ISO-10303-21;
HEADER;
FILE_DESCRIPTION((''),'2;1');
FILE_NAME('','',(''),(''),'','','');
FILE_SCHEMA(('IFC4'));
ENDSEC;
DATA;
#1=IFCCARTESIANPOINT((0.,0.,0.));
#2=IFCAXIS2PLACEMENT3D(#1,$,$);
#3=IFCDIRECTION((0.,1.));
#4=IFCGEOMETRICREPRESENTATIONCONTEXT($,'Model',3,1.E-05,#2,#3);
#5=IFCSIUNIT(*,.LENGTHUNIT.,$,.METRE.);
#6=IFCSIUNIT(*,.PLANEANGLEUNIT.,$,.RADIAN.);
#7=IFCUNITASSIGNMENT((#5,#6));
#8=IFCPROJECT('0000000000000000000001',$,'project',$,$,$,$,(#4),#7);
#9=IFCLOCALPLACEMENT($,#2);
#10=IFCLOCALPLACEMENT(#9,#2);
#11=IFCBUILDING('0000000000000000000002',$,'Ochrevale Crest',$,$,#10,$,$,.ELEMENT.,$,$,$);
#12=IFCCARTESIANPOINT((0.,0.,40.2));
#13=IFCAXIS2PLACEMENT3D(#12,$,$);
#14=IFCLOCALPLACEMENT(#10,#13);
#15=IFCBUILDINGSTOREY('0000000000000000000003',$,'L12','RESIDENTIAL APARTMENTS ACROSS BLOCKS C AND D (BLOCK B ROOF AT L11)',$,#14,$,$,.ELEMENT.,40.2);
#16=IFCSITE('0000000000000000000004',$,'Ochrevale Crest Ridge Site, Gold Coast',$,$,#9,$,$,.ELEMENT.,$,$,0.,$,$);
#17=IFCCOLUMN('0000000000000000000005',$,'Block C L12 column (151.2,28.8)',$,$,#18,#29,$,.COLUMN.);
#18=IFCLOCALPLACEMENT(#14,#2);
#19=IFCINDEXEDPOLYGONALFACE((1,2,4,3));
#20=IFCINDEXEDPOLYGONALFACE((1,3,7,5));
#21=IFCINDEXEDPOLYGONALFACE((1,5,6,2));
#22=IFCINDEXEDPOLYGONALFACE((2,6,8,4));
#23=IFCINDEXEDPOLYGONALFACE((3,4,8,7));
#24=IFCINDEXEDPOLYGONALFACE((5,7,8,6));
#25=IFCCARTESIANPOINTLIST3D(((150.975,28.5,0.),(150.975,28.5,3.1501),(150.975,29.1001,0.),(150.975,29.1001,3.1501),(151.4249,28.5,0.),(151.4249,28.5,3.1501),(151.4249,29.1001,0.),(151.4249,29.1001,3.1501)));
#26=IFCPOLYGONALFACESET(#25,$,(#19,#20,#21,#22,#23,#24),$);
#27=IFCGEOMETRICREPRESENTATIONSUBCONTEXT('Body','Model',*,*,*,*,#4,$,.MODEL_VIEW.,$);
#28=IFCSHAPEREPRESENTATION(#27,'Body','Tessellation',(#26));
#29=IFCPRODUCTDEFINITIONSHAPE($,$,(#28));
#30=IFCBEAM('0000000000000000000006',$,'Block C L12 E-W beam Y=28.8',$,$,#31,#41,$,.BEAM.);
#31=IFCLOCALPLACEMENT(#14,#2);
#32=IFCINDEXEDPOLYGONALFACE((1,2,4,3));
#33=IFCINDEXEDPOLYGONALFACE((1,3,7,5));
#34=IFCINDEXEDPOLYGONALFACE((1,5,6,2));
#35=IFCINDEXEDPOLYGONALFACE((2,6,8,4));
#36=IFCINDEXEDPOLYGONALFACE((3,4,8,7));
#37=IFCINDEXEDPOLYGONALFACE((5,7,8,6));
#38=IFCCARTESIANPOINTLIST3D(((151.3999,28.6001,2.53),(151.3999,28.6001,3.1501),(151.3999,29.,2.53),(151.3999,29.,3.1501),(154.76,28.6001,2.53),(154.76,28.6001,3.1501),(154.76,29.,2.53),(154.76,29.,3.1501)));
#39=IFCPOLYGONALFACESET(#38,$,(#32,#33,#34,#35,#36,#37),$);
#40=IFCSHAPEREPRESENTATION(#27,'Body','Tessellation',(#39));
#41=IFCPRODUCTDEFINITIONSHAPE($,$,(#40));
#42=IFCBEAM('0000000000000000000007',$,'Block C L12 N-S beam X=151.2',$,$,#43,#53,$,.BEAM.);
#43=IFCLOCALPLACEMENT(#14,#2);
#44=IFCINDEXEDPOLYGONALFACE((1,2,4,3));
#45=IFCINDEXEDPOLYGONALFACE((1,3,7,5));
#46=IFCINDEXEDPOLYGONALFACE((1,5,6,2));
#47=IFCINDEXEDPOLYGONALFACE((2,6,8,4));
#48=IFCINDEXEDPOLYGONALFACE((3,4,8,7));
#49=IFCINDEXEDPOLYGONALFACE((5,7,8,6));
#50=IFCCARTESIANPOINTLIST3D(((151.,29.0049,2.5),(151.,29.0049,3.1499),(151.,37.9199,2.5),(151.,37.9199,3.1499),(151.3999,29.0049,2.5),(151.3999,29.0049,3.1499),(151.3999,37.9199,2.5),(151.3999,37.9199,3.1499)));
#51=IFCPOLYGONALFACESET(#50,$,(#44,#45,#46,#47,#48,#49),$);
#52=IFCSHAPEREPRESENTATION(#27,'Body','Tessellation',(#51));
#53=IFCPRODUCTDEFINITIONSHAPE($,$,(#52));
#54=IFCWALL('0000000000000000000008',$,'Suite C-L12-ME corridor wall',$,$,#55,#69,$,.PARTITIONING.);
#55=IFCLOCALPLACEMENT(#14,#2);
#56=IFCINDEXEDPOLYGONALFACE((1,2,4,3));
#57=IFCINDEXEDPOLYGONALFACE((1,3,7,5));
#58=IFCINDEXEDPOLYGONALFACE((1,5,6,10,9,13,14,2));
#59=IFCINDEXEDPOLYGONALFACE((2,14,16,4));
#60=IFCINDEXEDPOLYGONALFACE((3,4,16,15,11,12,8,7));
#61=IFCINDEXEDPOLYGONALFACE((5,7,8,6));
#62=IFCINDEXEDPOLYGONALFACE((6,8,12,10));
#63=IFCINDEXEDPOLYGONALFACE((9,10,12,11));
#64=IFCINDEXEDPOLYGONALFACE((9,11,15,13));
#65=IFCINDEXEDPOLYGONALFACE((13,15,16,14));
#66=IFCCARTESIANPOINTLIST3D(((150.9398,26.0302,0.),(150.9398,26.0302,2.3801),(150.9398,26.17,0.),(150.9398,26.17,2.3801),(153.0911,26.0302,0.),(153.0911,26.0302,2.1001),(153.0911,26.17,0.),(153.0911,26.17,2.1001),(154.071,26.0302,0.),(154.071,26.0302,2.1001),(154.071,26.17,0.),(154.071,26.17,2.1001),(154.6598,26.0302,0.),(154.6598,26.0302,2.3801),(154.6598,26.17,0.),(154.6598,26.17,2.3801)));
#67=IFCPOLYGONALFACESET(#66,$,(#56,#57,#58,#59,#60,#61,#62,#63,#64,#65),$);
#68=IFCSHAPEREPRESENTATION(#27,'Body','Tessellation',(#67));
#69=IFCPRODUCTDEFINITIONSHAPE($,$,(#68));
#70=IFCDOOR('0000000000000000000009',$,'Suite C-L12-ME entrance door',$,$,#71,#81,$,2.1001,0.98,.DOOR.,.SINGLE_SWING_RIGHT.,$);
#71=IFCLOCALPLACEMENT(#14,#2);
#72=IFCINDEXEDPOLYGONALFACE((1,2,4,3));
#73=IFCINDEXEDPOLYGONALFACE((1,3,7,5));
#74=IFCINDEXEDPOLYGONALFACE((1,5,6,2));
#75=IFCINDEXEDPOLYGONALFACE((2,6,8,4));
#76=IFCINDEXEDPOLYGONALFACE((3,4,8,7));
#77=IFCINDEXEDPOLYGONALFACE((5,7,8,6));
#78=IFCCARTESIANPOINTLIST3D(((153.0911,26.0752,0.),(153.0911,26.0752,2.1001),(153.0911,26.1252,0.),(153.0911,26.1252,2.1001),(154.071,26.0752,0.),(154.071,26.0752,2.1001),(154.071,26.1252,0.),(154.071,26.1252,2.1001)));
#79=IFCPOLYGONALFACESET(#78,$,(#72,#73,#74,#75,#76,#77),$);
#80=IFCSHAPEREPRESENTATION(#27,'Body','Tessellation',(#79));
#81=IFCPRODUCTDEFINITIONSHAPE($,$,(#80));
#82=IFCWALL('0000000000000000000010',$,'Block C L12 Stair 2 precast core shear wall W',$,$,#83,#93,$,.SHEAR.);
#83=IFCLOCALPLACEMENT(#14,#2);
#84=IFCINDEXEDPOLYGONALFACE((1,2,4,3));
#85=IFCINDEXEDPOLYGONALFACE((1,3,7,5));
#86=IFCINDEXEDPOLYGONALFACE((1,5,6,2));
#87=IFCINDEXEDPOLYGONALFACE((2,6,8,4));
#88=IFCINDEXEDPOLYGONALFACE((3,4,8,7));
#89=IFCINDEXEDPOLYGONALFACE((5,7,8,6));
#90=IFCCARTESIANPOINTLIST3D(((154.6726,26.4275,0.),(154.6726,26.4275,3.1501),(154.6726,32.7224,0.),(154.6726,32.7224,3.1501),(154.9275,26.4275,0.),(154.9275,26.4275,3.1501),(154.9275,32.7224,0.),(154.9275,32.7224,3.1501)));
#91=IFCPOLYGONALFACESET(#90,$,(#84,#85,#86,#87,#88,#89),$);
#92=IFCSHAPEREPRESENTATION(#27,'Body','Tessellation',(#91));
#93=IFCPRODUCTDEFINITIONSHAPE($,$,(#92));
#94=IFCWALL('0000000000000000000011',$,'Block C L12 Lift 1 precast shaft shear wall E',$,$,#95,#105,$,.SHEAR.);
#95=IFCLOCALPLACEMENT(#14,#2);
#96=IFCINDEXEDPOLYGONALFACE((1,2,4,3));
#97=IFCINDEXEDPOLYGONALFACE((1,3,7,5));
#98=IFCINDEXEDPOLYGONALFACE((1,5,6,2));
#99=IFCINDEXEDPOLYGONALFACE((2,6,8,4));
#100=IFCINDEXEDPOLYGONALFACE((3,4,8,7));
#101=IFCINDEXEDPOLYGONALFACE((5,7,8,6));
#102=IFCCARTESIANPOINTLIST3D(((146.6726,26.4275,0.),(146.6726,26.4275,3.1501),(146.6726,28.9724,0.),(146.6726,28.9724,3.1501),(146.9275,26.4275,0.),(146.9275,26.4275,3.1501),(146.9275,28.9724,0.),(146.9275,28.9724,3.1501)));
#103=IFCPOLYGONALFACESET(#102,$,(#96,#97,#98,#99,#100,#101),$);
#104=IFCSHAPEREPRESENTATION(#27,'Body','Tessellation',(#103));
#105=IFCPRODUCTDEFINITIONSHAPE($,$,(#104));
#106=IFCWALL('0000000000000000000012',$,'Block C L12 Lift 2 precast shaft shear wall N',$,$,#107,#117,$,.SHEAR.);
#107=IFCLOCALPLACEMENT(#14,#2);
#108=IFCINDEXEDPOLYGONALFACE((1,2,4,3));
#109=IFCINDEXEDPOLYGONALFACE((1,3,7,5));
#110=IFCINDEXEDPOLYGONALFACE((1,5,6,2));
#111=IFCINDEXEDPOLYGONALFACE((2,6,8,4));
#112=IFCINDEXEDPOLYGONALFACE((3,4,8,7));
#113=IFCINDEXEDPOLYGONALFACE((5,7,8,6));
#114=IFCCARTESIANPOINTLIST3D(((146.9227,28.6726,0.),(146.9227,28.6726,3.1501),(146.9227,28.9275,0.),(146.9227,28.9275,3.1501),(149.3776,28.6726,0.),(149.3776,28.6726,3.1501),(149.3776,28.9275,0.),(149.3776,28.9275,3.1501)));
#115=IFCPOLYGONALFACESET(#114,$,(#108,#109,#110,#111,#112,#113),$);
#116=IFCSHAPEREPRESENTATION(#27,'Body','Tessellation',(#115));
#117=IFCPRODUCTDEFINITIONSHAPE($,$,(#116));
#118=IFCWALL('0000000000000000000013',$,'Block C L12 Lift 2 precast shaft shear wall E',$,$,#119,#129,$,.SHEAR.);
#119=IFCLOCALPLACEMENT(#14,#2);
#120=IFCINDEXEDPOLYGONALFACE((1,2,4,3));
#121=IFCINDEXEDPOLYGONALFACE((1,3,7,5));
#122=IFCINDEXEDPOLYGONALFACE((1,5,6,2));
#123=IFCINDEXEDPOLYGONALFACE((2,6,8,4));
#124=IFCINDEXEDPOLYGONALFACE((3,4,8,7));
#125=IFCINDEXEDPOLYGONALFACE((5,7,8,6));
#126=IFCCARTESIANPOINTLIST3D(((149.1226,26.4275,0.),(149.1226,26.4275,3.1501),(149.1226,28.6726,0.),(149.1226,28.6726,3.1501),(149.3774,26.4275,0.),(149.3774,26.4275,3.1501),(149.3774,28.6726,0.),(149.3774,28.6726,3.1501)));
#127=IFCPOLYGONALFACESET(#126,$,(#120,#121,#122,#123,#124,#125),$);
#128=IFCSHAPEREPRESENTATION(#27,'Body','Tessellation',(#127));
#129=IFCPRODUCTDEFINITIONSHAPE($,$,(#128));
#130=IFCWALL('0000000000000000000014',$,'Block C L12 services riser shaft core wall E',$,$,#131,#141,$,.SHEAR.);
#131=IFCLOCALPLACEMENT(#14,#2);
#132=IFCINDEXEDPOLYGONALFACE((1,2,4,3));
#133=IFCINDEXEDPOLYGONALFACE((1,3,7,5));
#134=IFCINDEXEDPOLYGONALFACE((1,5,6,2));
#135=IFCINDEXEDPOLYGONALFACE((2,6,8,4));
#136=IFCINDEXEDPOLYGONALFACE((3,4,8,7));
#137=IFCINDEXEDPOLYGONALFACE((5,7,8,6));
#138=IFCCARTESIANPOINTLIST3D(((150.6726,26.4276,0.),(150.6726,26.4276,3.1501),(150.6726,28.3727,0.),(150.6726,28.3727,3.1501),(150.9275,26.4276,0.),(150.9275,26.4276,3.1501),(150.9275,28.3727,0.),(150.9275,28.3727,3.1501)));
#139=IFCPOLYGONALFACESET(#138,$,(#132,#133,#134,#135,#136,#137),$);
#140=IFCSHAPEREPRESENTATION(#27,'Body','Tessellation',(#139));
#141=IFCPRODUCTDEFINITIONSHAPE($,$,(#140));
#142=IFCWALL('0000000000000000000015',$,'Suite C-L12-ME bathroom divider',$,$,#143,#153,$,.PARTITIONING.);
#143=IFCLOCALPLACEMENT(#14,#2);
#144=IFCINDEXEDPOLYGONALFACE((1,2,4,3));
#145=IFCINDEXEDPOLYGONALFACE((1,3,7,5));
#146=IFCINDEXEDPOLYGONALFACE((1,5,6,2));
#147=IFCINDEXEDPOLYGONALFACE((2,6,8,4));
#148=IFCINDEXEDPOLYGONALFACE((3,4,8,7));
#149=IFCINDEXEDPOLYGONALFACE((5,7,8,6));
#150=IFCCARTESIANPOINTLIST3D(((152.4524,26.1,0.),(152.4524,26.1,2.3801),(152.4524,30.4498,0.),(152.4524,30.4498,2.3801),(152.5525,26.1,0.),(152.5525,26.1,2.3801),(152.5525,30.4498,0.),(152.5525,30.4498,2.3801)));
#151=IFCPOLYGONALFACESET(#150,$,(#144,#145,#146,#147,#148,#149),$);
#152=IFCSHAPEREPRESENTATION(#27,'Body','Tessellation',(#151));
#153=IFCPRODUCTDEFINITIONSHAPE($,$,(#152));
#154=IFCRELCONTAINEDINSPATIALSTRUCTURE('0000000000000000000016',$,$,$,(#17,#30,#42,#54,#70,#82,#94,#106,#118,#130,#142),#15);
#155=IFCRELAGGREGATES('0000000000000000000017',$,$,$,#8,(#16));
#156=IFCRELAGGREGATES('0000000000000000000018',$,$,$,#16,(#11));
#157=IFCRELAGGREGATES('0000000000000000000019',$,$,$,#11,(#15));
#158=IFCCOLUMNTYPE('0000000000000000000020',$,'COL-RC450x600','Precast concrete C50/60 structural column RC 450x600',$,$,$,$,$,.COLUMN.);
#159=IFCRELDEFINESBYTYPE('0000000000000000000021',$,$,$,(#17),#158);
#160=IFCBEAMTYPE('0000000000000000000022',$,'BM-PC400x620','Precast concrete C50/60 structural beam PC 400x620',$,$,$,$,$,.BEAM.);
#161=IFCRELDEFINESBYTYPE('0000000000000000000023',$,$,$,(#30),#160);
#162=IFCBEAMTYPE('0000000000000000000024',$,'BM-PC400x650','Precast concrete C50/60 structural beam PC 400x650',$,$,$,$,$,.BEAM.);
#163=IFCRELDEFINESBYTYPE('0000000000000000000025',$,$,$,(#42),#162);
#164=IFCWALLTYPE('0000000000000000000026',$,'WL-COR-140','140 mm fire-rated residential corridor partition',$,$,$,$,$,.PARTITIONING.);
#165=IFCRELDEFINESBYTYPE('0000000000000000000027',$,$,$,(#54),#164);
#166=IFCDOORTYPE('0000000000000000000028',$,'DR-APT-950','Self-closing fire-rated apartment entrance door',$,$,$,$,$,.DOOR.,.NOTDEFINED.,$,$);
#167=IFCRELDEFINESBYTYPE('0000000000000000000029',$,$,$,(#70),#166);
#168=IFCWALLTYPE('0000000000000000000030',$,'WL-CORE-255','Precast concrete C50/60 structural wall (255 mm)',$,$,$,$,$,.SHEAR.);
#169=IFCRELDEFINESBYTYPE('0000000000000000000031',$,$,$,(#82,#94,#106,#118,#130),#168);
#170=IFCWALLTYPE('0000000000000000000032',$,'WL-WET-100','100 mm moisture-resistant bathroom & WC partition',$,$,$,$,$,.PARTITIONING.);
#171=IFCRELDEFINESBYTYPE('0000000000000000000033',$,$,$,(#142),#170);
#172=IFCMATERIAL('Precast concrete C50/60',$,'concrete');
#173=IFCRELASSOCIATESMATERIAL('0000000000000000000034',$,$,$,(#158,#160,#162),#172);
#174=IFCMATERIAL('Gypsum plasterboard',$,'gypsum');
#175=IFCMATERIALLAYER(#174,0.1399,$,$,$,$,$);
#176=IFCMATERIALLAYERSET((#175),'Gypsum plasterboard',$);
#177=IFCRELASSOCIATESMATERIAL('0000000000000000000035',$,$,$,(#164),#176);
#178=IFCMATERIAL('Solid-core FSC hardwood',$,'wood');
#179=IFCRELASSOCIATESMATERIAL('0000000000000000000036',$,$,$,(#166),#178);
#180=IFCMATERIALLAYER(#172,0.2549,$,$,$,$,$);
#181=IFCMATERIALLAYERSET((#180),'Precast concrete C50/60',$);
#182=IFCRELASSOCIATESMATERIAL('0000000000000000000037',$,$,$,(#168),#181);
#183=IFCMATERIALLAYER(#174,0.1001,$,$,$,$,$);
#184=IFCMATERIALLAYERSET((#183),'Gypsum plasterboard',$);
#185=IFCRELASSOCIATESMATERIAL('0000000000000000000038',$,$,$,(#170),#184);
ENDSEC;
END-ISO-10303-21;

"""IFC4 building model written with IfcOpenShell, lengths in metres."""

from ifc_helpers import new_model, si_unit, direction, frame, frame_2d, origin, origin_2d, place, context, subcontext, project, spatial, rectangle, extrude, material, layer, layer_set, material_profile, profile_set, type_object, element, fill, save


model = new_model("IFC4")

# Units and contexts
model_context = context("Model", 3, precision=1e-05, world=origin(), true_north=direction((0.0, 1.0)))
body_context = subcontext(model_context, "Body", "Model", "MODEL_VIEW")
ifc_project = project(units=[si_unit("LENGTHUNIT", "METRE"), si_unit("PLANEANGLEUNIT", "RADIAN")], contexts=[model_context])

# Site, building, storey
site_placement = place(None, origin())
site = spatial("IfcSite", under=ifc_project, at=site_placement, Name="Ochrevale Crest Ridge Site, Gold Coast", CompositionType="ELEMENT", RefElevation=0.0)
building_placement = place(site_placement, origin())
building = spatial("IfcBuilding", under=site, at=building_placement, Name="Ochrevale Crest", CompositionType="ELEMENT")
storey_placement = place(building_placement, frame((0.0, 0.0, 40.2)))
storey = spatial("IfcBuildingStorey", under=building, at=storey_placement, Name="L12", Description="RESIDENTIAL APARTMENTS ACROSS BLOCKS C AND D (BLOCK B ROOF AT L11)", CompositionType="ELEMENT", Elevation=40.2)

# Column
ifc_material_1 = material(Name="Precast concrete C50/60", Category="concrete")
ifc_material_profile_1 = material_profile(ifc_material_1, rectangle(XDim=0.45, YDim=0.6001, at=origin_2d()), Name="RC 450x600")
ifc_profile_set_1 = profile_set([ifc_material_profile_1], Name="Precast concrete C50/60")
column_type = type_object("IfcColumnType", Name="COL-RC450x600", Description="Precast concrete C50/60 structural column RC 450x600", PredefinedType="COLUMN", material=ifc_profile_set_1)
column_placement = place(storey_placement, frame((151.2, 28.8, 0.0), z_axis=(0.0, 0.0, 1.0), x_axis=(1.0, 0.0, 0.0)))
element("IfcColumn", 1, at=column_placement, inside=storey, type_object=column_type, Name="Block C L12 column (151.2,28.8)", PredefinedType="COLUMN", context=body_context, shape_type="SweptSolid", body=[
    extrude(rectangle(XDim=0.45, YDim=0.6001, at=origin_2d()), origin(), (0.0, 0.0, 1.0), 3.1501),
])

# Beams
ifc_material_profile_2 = material_profile(ifc_material_1, rectangle(XDim=0.3999, YDim=0.6201, at=origin_2d()), Name="PC 400x620")
ifc_profile_set_2 = profile_set([ifc_material_profile_2], Name="Precast concrete C50/60")
beam_type_1 = type_object("IfcBeamType", Name="BM-PC400x620", Description="Precast concrete C50/60 structural beam PC 400x620", PredefinedType="BEAM", material=ifc_profile_set_2)
beam_1_placement = place(storey_placement, frame((151.3999, 28.8, 2.8401), z_axis=(1.0, 0.0, 0.0), x_axis=(0.0, 1.0, 0.0)))
element("IfcBeam", 2, at=beam_1_placement, inside=storey, type_object=beam_type_1, Name="Block C L12 E-W beam Y=28.8", PredefinedType="BEAM", context=body_context, shape_type="SweptSolid", body=[
    extrude(rectangle(XDim=0.3999, YDim=0.6201, at=origin_2d()), origin(), (0.0, 0.0, 1.0), 3.3601),
])
ifc_material_profile_3 = material_profile(ifc_material_1, rectangle(XDim=0.3999, YDim=0.6499, at=origin_2d()), Name="PC 400x650")
ifc_profile_set_3 = profile_set([ifc_material_profile_3], Name="Precast concrete C50/60")
beam_type_2 = type_object("IfcBeamType", Name="BM-PC400x650", Description="Precast concrete C50/60 structural beam PC 400x650", PredefinedType="BEAM", material=ifc_profile_set_3)
beam_2_placement = place(storey_placement, frame((151.2, 29.0049, 2.825), z_axis=(0.0, 1.0, 0.0), x_axis=(-1.0, 0.0, 0.0)))
element("IfcBeam", 3, at=beam_2_placement, inside=storey, type_object=beam_type_2, Name="Block C L12 N-S beam X=151.2", PredefinedType="BEAM", context=body_context, shape_type="SweptSolid", body=[
    extrude(rectangle(XDim=0.3999, YDim=0.6499, at=origin_2d()), origin(), (0.0, 0.0, 1.0), 8.915),
])

# Wall, opening, door
ifc_material_2 = material(Name="Gypsum plasterboard", Category="gypsum")
ifc_layer_1 = layer(ifc_material_2, 0.1399)
ifc_layer_set_1 = layer_set([ifc_layer_1], Name="Gypsum plasterboard")
wall_type_1 = type_object("IfcWallType", Name="WL-COR-140", Description="140 mm fire-rated residential corridor partition", PredefinedType="PARTITIONING", material=ifc_layer_set_1)
wall_1_placement = place(storey_placement, frame((150.9399, 26.1001, 0.0), z_axis=(0.0, 0.0, 1.0), x_axis=(1.0, 0.0, 0.0)))
wall_1 = element("IfcWall", 4, at=wall_1_placement, inside=storey, type_object=wall_type_1, Name="Suite C-L12-ME corridor wall", PredefinedType="PARTITIONING", context=body_context, shape_type="SweptSolid", body=[
    extrude(rectangle(XDim=3.72, YDim=0.1399, at=frame_2d((1.8599, 0.0))), origin(), (0.0, 0.0, 1.0), 2.3801),
])
opening_1_placement = place(wall_1_placement, frame((3.1311, 0.0, 0.0), z_axis=(0.0, 0.0, 1.0), x_axis=(-1.0, 0.0, 0.0)))
opening_1 = element("IfcOpeningElement", 5, at=opening_1_placement, cuts=wall_1, PredefinedType="OPENING", context=body_context, shape_type="SweptSolid", body=[
    extrude(rectangle(XDim=0.98, YDim=2.1001, at=frame_2d((0.49, 1.05))), frame((0.0, 0.0801, 0.0), z_axis=(0.0, -1.0, 0.0), x_axis=(1.0, 0.0, 0.0)), (0.0, 0.0, 1.0), 0.1599),
])
ifc_material_3 = material(Name="Solid-core FSC hardwood", Category="wood")
door_type_1 = type_object("IfcDoorType", Name="DR-APT-950", Description="Self-closing fire-rated apartment entrance door", OperationType="NOTDEFINED", PredefinedType="DOOR", material=ifc_material_3)
door_1_placement = place(opening_1_placement, origin())
door_1 = element("IfcDoor", 6, at=door_1_placement, inside=storey, type_object=door_type_1, Name="Suite C-L12-ME entrance door", OperationType="SINGLE_SWING_RIGHT", OverallHeight=2.1001, OverallWidth=0.98, PredefinedType="DOOR", context=body_context, shape_type="SweptSolid", body=[
    extrude(rectangle(XDim=0.98, YDim=2.1001, at=frame_2d((0.49, 1.05))), frame((0.0, 0.0249, 0.0), z_axis=(0.0, -1.0, 0.0), x_axis=(1.0, 0.0, 0.0)), (0.0, 0.0, 1.0), 0.05),
])
fill(opening_1, door_1)
ifc_layer_2 = layer(ifc_material_1, 0.2549)
ifc_layer_set_2 = layer_set([ifc_layer_2], Name="Precast concrete C50/60")
wall_type_2 = type_object("IfcWallType", Name="WL-CORE-255", Description="Precast concrete C50/60 structural wall (255 mm)", PredefinedType="SHEAR", material=ifc_layer_set_2)

# Walls
wall_2_placement = place(storey_placement, frame((154.8, 26.4275, 0.0), z_axis=(0.0, 0.0, 1.0), x_axis=(0.0, 1.0, 0.0)))
element("IfcWall", 7, at=wall_2_placement, inside=storey, type_object=wall_type_2, Name="Block C L12 Stair 2 precast core shear wall W", PredefinedType="SHEAR", context=body_context, shape_type="SweptSolid", body=[
    extrude(rectangle(XDim=6.2949, YDim=0.2549, at=frame_2d((3.1475, 0.0))), origin(), (0.0, 0.0, 1.0), 3.1501),
])
wall_3_placement = place(storey_placement, frame((146.8, 26.4275, 0.0), z_axis=(0.0, 0.0, 1.0), x_axis=(0.0, 1.0, 0.0)))
element("IfcWall", 8, at=wall_3_placement, inside=storey, type_object=wall_type_2, Name="Block C L12 Lift 1 precast shaft shear wall E", PredefinedType="SHEAR", context=body_context, shape_type="SweptSolid", body=[
    extrude(rectangle(XDim=2.5449, YDim=0.2549, at=frame_2d((1.2725, 0.0))), origin(), (0.0, 0.0, 1.0), 3.1501),
])

# Walls
wall_4_placement = place(storey_placement, frame((146.9226, 28.8, 0.0), z_axis=(0.0, 0.0, 1.0), x_axis=(1.0, 0.0, 0.0)))
element("IfcWall", 9, at=wall_4_placement, inside=storey, type_object=wall_type_2, Name="Block C L12 Lift 2 precast shaft shear wall N", PredefinedType="SHEAR", context=body_context, shape_type="SweptSolid", body=[
    extrude(rectangle(XDim=2.4548, YDim=0.2549, at=frame_2d((1.2275, 0.0))), origin(), (0.0, 0.0, 1.0), 3.1501),
])
wall_5_placement = place(storey_placement, frame((149.25, 26.4275, 0.0), z_axis=(0.0, 0.0, 1.0), x_axis=(0.0, 1.0, 0.0)))
element("IfcWall", 10, at=wall_5_placement, inside=storey, type_object=wall_type_2, Name="Block C L12 Lift 2 precast shaft shear wall E", PredefinedType="SHEAR", context=body_context, shape_type="SweptSolid", body=[
    extrude(rectangle(XDim=2.2451, YDim=0.2549, at=frame_2d((1.1226, 0.0))), origin(), (0.0, 0.0, 1.0), 3.1501),
])
wall_6_placement = place(storey_placement, frame((150.8, 26.4275, 0.0), z_axis=(0.0, 0.0, 1.0), x_axis=(0.0, 1.0, 0.0)))
element("IfcWall", 11, at=wall_6_placement, inside=storey, type_object=wall_type_2, Name="Block C L12 services riser shaft core wall E", PredefinedType="SHEAR", context=body_context, shape_type="SweptSolid", body=[
    extrude(rectangle(XDim=1.9451, YDim=0.2549, at=frame_2d((0.9727, 0.0))), origin(), (0.0, 0.0, 1.0), 3.1501),
])
ifc_layer_3 = layer(ifc_material_2, 0.1001)
ifc_layer_set_3 = layer_set([ifc_layer_3], Name="Gypsum plasterboard")
wall_type_3 = type_object("IfcWallType", Name="WL-WET-100", Description="100 mm moisture-resistant bathroom & WC partition", PredefinedType="PARTITIONING", material=ifc_layer_set_3)
wall_7_placement = place(storey_placement, frame((152.5024, 26.1001, 0.0), z_axis=(0.0, 0.0, 1.0), x_axis=(0.0, 1.0, 0.0)))
element("IfcWall", 12, at=wall_7_placement, inside=storey, type_object=wall_type_3, Name="Suite C-L12-ME bathroom divider", PredefinedType="PARTITIONING", context=body_context, shape_type="SweptSolid", body=[
    extrude(rectangle(XDim=4.3499, YDim=0.1001, at=frame_2d((2.1748, 0.0))), origin(), (0.0, 0.0, 1.0), 2.3801),
])

save(model, "model.ifc")
